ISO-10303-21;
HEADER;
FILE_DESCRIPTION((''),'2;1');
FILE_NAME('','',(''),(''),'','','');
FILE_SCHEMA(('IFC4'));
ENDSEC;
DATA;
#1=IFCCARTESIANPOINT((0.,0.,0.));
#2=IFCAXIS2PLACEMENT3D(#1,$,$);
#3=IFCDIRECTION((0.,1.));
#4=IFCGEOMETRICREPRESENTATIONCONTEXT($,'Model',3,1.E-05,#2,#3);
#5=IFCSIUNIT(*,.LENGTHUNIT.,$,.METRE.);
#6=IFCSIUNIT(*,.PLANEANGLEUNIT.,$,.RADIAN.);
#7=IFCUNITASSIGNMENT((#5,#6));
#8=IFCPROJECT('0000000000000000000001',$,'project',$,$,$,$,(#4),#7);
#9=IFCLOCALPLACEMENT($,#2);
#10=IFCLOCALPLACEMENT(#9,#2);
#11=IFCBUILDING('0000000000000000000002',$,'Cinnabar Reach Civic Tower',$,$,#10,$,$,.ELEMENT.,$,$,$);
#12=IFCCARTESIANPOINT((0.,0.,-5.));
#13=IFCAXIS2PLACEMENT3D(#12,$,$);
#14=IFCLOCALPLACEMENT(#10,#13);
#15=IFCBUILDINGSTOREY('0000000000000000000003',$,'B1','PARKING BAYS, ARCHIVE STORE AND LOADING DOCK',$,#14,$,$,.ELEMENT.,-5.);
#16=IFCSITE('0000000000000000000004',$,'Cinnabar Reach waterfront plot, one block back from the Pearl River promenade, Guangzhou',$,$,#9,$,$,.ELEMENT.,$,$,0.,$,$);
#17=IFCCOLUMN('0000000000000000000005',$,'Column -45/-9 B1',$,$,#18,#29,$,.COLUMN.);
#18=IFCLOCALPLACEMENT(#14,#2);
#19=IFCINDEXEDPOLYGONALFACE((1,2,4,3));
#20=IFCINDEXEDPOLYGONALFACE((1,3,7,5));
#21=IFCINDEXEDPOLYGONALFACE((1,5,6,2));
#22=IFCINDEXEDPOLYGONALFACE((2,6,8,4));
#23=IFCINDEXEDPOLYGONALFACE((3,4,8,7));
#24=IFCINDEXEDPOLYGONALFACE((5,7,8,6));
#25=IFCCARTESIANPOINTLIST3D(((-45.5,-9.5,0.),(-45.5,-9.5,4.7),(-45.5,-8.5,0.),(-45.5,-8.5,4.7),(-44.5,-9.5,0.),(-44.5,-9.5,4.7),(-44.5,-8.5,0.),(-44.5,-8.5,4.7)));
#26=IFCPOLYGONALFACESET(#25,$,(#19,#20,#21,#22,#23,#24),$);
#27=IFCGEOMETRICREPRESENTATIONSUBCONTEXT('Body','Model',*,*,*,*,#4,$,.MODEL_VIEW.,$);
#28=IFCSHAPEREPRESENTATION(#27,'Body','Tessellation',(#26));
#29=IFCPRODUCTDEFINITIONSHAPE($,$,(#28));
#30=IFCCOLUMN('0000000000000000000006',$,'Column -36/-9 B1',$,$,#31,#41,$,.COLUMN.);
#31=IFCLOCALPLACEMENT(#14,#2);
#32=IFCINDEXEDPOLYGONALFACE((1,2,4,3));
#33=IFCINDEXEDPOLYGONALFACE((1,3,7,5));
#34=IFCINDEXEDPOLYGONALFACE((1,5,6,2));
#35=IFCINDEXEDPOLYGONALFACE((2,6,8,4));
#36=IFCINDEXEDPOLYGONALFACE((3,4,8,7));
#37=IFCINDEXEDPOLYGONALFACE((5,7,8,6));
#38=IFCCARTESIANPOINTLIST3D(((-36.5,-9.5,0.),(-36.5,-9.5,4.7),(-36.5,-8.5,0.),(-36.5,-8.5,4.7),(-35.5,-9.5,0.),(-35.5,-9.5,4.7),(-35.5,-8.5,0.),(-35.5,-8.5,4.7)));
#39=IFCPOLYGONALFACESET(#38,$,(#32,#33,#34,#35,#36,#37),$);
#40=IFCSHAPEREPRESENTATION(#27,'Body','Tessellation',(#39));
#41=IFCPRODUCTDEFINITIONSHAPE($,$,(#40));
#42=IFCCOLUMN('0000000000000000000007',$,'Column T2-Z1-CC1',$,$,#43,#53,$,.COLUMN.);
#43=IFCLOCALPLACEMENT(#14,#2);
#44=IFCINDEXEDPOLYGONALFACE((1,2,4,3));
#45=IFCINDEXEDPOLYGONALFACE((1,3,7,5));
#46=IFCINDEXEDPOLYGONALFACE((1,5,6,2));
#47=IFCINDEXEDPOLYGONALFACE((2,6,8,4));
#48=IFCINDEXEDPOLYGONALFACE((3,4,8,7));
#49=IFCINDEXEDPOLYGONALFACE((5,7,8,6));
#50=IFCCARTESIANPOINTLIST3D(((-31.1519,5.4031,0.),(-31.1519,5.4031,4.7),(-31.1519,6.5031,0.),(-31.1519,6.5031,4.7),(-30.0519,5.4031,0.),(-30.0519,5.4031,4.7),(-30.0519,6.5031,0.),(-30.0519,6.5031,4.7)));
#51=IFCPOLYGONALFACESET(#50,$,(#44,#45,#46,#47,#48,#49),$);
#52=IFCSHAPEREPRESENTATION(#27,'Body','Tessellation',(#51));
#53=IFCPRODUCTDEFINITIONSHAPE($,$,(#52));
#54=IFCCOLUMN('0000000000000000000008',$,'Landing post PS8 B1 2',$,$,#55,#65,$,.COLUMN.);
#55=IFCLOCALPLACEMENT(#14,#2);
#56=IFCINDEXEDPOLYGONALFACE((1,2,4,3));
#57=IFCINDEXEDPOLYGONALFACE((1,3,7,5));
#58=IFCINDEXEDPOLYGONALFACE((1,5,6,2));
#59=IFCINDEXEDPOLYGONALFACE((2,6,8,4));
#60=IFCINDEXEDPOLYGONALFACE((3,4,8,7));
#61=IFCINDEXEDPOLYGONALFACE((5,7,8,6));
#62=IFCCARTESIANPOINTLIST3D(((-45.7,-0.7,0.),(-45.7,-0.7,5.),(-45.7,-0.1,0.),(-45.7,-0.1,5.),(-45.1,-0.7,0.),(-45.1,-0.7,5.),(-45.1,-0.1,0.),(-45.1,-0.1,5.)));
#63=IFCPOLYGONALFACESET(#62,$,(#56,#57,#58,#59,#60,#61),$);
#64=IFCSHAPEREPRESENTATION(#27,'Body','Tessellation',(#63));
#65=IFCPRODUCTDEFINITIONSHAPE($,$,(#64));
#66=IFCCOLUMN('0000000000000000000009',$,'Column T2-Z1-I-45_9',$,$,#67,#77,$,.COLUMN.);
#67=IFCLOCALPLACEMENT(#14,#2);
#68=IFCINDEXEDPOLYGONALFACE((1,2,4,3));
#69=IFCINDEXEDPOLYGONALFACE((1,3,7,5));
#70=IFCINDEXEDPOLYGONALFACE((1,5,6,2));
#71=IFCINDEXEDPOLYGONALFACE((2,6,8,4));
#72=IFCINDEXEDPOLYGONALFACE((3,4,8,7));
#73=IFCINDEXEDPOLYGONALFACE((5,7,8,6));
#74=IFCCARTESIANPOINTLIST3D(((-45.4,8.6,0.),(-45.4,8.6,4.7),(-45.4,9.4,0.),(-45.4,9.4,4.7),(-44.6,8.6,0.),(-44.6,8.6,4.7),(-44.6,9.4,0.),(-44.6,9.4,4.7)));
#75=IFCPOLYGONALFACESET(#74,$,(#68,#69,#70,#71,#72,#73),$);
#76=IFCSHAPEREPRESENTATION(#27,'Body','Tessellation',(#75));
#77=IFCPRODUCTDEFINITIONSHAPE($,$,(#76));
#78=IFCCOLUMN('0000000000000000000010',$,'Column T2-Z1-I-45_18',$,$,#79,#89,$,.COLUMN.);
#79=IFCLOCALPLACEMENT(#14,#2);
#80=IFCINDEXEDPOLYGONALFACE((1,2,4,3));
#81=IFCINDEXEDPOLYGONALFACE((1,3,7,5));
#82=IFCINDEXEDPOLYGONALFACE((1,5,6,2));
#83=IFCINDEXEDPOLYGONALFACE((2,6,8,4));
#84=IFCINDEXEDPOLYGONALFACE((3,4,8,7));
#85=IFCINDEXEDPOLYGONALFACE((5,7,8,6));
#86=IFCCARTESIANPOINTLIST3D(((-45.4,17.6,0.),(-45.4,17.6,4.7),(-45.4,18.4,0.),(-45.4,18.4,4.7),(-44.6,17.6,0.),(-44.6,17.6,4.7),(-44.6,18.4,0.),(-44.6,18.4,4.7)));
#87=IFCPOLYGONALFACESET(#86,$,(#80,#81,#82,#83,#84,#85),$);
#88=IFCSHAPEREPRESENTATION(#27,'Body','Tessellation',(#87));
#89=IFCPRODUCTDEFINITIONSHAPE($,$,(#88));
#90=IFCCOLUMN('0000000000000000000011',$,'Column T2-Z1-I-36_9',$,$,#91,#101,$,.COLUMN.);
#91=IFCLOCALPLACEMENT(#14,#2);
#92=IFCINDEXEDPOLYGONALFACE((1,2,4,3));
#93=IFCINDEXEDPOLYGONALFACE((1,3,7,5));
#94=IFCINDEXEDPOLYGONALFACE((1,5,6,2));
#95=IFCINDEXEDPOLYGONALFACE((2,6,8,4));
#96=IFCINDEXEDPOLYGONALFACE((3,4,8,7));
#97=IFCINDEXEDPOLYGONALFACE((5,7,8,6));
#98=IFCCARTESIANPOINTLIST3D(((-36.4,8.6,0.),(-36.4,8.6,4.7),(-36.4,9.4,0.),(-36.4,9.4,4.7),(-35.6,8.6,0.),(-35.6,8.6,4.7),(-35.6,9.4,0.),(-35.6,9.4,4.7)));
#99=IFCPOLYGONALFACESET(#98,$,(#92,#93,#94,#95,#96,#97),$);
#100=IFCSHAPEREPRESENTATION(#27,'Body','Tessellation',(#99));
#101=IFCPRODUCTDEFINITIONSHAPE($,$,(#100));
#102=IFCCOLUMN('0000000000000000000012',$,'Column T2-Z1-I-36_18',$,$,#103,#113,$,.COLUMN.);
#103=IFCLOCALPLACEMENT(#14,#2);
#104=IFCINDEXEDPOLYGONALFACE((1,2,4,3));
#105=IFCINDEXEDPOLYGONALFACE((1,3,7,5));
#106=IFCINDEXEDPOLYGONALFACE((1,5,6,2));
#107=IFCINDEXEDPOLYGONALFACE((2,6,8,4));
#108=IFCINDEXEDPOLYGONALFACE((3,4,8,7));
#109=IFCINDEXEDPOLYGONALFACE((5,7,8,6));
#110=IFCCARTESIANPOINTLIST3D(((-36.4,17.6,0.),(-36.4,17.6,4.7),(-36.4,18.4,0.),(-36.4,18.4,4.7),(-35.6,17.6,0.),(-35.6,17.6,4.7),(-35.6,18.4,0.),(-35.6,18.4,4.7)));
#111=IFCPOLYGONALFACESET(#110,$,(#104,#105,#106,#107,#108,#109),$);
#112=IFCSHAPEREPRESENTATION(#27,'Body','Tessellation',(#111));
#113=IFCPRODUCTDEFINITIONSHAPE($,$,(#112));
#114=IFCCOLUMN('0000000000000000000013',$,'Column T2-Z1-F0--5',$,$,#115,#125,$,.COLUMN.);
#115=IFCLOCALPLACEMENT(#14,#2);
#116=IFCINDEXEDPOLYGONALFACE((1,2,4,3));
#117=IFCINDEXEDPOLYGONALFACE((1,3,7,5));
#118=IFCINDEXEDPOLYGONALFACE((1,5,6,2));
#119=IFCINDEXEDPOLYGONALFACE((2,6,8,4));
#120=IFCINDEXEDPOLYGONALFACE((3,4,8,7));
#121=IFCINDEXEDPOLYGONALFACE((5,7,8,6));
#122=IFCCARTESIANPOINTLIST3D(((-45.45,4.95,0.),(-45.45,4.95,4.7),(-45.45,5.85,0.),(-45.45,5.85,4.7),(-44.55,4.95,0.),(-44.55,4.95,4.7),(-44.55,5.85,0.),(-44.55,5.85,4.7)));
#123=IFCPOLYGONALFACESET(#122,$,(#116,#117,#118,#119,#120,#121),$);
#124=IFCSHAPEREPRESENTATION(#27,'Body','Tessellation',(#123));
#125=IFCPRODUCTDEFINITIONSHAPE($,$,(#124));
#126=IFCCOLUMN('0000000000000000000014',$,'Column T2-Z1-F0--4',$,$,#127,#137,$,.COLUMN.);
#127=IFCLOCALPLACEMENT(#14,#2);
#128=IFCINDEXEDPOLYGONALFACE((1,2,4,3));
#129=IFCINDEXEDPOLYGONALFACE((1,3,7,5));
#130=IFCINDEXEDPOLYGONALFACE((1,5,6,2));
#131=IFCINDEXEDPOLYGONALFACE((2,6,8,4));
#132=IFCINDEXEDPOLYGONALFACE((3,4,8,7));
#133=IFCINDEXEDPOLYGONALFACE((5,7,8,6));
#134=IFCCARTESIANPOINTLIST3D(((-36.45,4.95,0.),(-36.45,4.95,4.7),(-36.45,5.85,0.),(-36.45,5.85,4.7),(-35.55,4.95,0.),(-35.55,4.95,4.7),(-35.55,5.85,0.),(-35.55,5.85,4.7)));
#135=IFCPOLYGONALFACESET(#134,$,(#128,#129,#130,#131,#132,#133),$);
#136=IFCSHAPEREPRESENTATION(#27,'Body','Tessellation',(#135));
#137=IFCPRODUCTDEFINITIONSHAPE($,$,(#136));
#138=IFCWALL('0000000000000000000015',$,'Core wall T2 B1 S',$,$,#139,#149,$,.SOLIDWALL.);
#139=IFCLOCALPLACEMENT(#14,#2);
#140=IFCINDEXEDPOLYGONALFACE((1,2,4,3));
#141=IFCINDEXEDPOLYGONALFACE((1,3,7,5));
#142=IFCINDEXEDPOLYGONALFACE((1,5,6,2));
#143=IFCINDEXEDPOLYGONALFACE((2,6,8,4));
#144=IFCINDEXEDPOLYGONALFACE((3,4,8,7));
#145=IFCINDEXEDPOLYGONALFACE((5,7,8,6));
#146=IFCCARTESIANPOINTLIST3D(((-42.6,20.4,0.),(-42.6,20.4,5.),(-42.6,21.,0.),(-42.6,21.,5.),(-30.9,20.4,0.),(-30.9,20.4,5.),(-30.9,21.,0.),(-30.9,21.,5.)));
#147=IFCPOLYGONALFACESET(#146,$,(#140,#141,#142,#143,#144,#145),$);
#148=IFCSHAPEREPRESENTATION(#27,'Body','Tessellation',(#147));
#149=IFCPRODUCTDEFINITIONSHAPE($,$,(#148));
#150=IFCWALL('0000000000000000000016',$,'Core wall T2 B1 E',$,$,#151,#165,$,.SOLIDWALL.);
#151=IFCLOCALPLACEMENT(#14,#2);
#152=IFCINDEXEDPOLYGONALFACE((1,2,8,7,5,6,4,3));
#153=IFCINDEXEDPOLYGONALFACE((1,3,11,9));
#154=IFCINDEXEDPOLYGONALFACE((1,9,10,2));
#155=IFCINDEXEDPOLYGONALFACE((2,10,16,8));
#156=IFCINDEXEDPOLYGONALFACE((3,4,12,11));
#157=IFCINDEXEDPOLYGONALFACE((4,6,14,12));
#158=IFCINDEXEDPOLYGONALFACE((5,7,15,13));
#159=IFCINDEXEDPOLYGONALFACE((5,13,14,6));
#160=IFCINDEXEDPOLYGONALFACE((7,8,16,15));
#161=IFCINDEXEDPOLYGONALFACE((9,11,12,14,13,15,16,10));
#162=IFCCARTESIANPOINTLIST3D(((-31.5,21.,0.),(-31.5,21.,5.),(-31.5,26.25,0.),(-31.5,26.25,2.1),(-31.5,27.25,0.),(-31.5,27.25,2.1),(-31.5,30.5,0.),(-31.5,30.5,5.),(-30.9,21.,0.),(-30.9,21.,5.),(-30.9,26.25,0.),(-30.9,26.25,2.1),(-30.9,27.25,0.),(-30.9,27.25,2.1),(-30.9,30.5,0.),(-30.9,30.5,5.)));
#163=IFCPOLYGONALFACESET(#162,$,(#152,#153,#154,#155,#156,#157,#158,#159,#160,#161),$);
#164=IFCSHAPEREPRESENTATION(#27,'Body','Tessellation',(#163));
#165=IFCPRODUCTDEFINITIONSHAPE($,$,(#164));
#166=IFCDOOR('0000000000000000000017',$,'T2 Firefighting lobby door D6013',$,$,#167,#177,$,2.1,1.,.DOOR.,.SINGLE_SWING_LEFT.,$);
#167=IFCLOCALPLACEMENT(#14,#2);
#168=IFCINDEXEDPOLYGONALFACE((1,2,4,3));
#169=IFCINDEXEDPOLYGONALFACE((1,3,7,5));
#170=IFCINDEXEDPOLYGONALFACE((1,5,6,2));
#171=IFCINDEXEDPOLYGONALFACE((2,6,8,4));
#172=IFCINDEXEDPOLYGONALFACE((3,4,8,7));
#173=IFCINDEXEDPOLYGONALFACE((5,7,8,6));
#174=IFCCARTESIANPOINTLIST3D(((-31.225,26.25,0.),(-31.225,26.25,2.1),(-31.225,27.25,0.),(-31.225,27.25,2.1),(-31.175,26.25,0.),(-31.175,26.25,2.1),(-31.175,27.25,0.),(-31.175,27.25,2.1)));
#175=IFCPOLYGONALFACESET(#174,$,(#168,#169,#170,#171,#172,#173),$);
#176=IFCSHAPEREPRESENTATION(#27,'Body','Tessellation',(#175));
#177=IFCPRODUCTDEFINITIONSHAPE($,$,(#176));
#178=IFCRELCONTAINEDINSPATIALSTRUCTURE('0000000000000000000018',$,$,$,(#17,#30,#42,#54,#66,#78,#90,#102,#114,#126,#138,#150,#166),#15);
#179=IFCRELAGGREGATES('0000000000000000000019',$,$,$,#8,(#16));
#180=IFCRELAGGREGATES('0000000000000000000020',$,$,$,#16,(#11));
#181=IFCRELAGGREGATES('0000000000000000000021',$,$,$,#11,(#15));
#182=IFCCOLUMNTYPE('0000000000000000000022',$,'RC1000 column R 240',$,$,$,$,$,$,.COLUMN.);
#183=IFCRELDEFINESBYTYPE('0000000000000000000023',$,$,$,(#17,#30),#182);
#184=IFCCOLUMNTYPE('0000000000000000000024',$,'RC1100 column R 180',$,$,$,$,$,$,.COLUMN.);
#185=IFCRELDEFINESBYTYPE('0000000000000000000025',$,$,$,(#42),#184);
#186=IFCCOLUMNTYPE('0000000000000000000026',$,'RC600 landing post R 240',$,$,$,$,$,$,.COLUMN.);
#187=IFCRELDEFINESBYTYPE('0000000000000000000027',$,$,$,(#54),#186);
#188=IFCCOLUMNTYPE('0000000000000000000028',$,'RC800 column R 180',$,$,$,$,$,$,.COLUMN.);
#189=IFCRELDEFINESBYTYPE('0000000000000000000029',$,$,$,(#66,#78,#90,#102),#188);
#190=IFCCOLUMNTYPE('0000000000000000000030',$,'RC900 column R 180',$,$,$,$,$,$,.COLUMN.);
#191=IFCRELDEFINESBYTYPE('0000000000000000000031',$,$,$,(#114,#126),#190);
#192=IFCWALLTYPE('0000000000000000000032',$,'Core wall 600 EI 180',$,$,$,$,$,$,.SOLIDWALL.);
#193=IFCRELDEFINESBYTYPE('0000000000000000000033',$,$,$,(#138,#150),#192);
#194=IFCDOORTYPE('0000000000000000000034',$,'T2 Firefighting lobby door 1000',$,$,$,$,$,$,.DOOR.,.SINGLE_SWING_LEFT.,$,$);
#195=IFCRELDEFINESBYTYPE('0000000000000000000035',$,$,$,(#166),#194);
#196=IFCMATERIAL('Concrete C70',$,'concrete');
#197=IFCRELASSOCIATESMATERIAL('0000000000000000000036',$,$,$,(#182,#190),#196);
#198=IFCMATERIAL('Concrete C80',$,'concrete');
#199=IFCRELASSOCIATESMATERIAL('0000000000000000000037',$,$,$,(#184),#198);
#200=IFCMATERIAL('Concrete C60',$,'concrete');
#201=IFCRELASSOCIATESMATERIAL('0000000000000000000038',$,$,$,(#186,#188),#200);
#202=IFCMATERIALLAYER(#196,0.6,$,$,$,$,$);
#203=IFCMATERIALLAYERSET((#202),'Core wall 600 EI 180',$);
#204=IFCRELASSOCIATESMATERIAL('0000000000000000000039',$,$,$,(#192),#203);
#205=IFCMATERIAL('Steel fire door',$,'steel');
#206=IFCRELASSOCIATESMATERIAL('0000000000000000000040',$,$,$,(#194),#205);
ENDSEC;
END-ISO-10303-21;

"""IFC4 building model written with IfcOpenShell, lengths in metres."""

from ifc_helpers import new_model, si_unit, direction, frame, frame_2d, origin, origin_2d, place, context, subcontext, project, spatial, rectangle, extrude, material, layer, layer_set, material_profile, profile_set, type_object, element, fill, save


model = new_model("IFC4")

# Units and contexts
model_context = context("Model", 3, precision=1e-05, world=origin(), true_north=direction((0.0, 1.0)))
body_context = subcontext(model_context, "Body", "Model", "MODEL_VIEW")
ifc_project = project(units=[si_unit("LENGTHUNIT", "METRE"), si_unit("PLANEANGLEUNIT", "RADIAN")], contexts=[model_context])

# Site, building, storey
site_placement = place(None, origin())
site = spatial("IfcSite", under=ifc_project, at=site_placement, Name="Cinnabar Reach waterfront plot, one block back from the Pearl River promenade, Guangzhou", CompositionType="ELEMENT", RefElevation=0.0)
building_placement = place(site_placement, origin())
building = spatial("IfcBuilding", under=site, at=building_placement, Name="Cinnabar Reach Civic Tower", CompositionType="ELEMENT")
storey_placement = place(building_placement, frame((0.0, 0.0, -5.0)))
storey = spatial("IfcBuildingStorey", under=building, at=storey_placement, Name="B1", Description="PARKING BAYS, ARCHIVE STORE AND LOADING DOCK", CompositionType="ELEMENT", Elevation=-5.0)

# Columns
ifc_material_1 = material(Name="Concrete C70", Category="concrete")
ifc_material_profile_1 = material_profile(ifc_material_1, rectangle(XDim=1.0, YDim=1.0, at=origin_2d()), Name="RC1000")
ifc_profile_set_1 = profile_set([ifc_material_profile_1], Name="Concrete C70")
column_type_1 = type_object("IfcColumnType", Name="RC1000 column R 240", PredefinedType="COLUMN", material=ifc_profile_set_1)
for number, where, z_axis, x_axis, name in (
    (1, (-45.0, -9.0, 0.0), (0.0, 0.0, 1.0), (1.0, 0.0, 0.0), "Column -45/-9 B1"),
    (2, (-36.0, -9.0, 0.0), (0.0, 0.0, 1.0), (1.0, 0.0, 0.0), "Column -36/-9 B1"),
):
    element("IfcColumn", number, at=place(storey_placement, frame(where, z_axis=z_axis, x_axis=x_axis)), inside=storey, type_object=column_type_1, Name=name, PredefinedType="COLUMN", context=body_context, shape_type="SweptSolid", body=[
        extrude(rectangle(XDim=1.0, YDim=1.0, at=origin_2d()), origin(), (0.0, 0.0, 1.0), 4.7),
    ])
ifc_material_2 = material(Name="Concrete C80", Category="concrete")
ifc_material_profile_2 = material_profile(ifc_material_2, rectangle(XDim=1.1, YDim=1.1, at=origin_2d()), Name="RC1100")
ifc_profile_set_2 = profile_set([ifc_material_profile_2], Name="Concrete C80")
column_type_2 = type_object("IfcColumnType", Name="RC1100 column R 180", PredefinedType="COLUMN", material=ifc_profile_set_2)
column_1_placement = place(storey_placement, frame((-30.6019, 5.9531, 0.0), z_axis=(0.0, 0.0, 1.0), x_axis=(1.0, 0.0, 0.0)))
element("IfcColumn", 3, at=column_1_placement, inside=storey, type_object=column_type_2, Name="Column T2-Z1-CC1", PredefinedType="COLUMN", context=body_context, shape_type="SweptSolid", body=[
    extrude(rectangle(XDim=1.1, YDim=1.1, at=origin_2d()), origin(), (0.0, 0.0, 1.0), 4.7),
])
ifc_material_3 = material(Name="Concrete C60", Category="concrete")
ifc_material_profile_3 = material_profile(ifc_material_3, rectangle(XDim=0.6, YDim=0.6, at=origin_2d()), Name="RC600")
ifc_profile_set_3 = profile_set([ifc_material_profile_3], Name="Concrete C60")
column_type_3 = type_object("IfcColumnType", Name="RC600 landing post R 240", PredefinedType="COLUMN", material=ifc_profile_set_3)
column_2_placement = place(storey_placement, frame((-45.4, -0.4, 0.0), z_axis=(0.0, 0.0, 1.0), x_axis=(1.0, 0.0, 0.0)))
element("IfcColumn", 4, at=column_2_placement, inside=storey, type_object=column_type_3, Name="Landing post PS8 B1 2", PredefinedType="COLUMN", context=body_context, shape_type="SweptSolid", body=[
    extrude(rectangle(XDim=0.6, YDim=0.6, at=origin_2d()), origin(), (0.0, 0.0, 1.0), 5.0),
])
ifc_material_profile_4 = material_profile(ifc_material_3, rectangle(XDim=0.8, YDim=0.8, at=origin_2d()), Name="RC800")
ifc_profile_set_4 = profile_set([ifc_material_profile_4], Name="Concrete C60")
column_type_4 = type_object("IfcColumnType", Name="RC800 column R 180", PredefinedType="COLUMN", material=ifc_profile_set_4)
for number, where, z_axis, x_axis, name in (
    (5, (-45.0, 9.0, 0.0), (0.0, 0.0, 1.0), (1.0, 0.0, 0.0), "Column T2-Z1-I-45_9"),
    (6, (-45.0, 18.0, 0.0), (0.0, 0.0, 1.0), (1.0, 0.0, 0.0), "Column T2-Z1-I-45_18"),
    (7, (-36.0, 9.0, 0.0), (0.0, 0.0, 1.0), (1.0, 0.0, 0.0), "Column T2-Z1-I-36_9"),
    (8, (-36.0, 18.0, 0.0), (0.0, 0.0, 1.0), (1.0, 0.0, 0.0), "Column T2-Z1-I-36_18"),
):
    element("IfcColumn", number, at=place(storey_placement, frame(where, z_axis=z_axis, x_axis=x_axis)), inside=storey, type_object=column_type_4, Name=name, PredefinedType="COLUMN", context=body_context, shape_type="SweptSolid", body=[
        extrude(rectangle(XDim=0.8, YDim=0.8, at=origin_2d()), origin(), (0.0, 0.0, 1.0), 4.7),
    ])
ifc_material_profile_5 = material_profile(ifc_material_1, rectangle(XDim=0.9, YDim=0.9, at=origin_2d()), Name="RC900")
ifc_profile_set_5 = profile_set([ifc_material_profile_5], Name="Concrete C70")
column_type_5 = type_object("IfcColumnType", Name="RC900 column R 180", PredefinedType="COLUMN", material=ifc_profile_set_5)
for number, where, z_axis, x_axis, name in (
    (9, (-45.0, 5.4, 0.0), (0.0, 0.0, 1.0), (1.0, 0.0, 0.0), "Column T2-Z1-F0--5"),
    (10, (-36.0, 5.4, 0.0), (0.0, 0.0, 1.0), (1.0, 0.0, 0.0), "Column T2-Z1-F0--4"),
):
    element("IfcColumn", number, at=place(storey_placement, frame(where, z_axis=z_axis, x_axis=x_axis)), inside=storey, type_object=column_type_5, Name=name, PredefinedType="COLUMN", context=body_context, shape_type="SweptSolid", body=[
        extrude(rectangle(XDim=0.9, YDim=0.9, at=origin_2d()), origin(), (0.0, 0.0, 1.0), 4.7),
    ])

# Wall
ifc_layer_1 = layer(ifc_material_1, 0.6)
ifc_layer_set_1 = layer_set([ifc_layer_1], Name="Core wall 600 EI 180")
wall_type_1 = type_object("IfcWallType", Name="Core wall 600 EI 180", PredefinedType="SOLIDWALL", material=ifc_layer_set_1)
wall_1_placement = place(storey_placement, frame((-42.6, 20.7, 0.0), z_axis=(0.0, 0.0, 1.0), x_axis=(1.0, 0.0, 0.0)))
element("IfcWall", 11, at=wall_1_placement, inside=storey, type_object=wall_type_1, Name="Core wall T2 B1 S", PredefinedType="SOLIDWALL", context=body_context, shape_type="SweptSolid", body=[
    extrude(rectangle(XDim=11.7, YDim=0.6, at=frame_2d((5.85, 0.0))), origin(), (0.0, 0.0, 1.0), 5.0),
])

# Wall, opening, door
wall_2_placement = place(storey_placement, frame((-31.2, 21.0, 0.0), z_axis=(0.0, 0.0, 1.0), x_axis=(0.0, 1.0, 0.0)))
wall_2 = element("IfcWall", 12, at=wall_2_placement, inside=storey, type_object=wall_type_1, Name="Core wall T2 B1 E", PredefinedType="SOLIDWALL", context=body_context, shape_type="SweptSolid", body=[
    extrude(rectangle(XDim=9.5, YDim=0.6, at=frame_2d((4.75, 0.0))), origin(), (0.0, 0.0, 1.0), 5.0),
])
opening_1_placement = place(wall_2_placement, frame((5.25, 0.0, 0.0)))
opening_1 = element("IfcOpeningElement", 13, at=opening_1_placement, cuts=wall_2, PredefinedType="OPENING", context=body_context, shape_type="SweptSolid", body=[
    extrude(rectangle(XDim=1.0, YDim=2.1, at=frame_2d((0.5, 1.05))), frame((0.0, 0.31, 0.0), z_axis=(0.0, -1.0, 0.0), x_axis=(1.0, 0.0, 0.0)), (0.0, 0.0, 1.0), 0.62),
])
ifc_material_4 = material(Name="Steel fire door", Category="steel")
door_type_1 = type_object("IfcDoorType", Name="T2 Firefighting lobby door 1000", OperationType="SINGLE_SWING_LEFT", PredefinedType="DOOR", material=ifc_material_4)
door_1_placement = place(opening_1_placement, frame((1.0, 0.0, 0.0), z_axis=(0.0, 0.0, 1.0), x_axis=(-1.0, 0.0, 0.0)))
door_1 = element("IfcDoor", 14, at=door_1_placement, inside=storey, type_object=door_type_1, Name="T2 Firefighting lobby door D6013", OperationType="SINGLE_SWING_LEFT", OverallHeight=2.1, OverallWidth=1.0, PredefinedType="DOOR", context=body_context, shape_type="SweptSolid", body=[
    extrude(rectangle(XDim=1.0, YDim=2.1, at=frame_2d((0.5, 1.05))), frame((0.0, 0.025, 0.0), z_axis=(0.0, -1.0, 0.0), x_axis=(1.0, 0.0, 0.0)), (0.0, 0.0, 1.0), 0.05),
])
fill(opening_1, door_1)

save(model, "model.ifc")
